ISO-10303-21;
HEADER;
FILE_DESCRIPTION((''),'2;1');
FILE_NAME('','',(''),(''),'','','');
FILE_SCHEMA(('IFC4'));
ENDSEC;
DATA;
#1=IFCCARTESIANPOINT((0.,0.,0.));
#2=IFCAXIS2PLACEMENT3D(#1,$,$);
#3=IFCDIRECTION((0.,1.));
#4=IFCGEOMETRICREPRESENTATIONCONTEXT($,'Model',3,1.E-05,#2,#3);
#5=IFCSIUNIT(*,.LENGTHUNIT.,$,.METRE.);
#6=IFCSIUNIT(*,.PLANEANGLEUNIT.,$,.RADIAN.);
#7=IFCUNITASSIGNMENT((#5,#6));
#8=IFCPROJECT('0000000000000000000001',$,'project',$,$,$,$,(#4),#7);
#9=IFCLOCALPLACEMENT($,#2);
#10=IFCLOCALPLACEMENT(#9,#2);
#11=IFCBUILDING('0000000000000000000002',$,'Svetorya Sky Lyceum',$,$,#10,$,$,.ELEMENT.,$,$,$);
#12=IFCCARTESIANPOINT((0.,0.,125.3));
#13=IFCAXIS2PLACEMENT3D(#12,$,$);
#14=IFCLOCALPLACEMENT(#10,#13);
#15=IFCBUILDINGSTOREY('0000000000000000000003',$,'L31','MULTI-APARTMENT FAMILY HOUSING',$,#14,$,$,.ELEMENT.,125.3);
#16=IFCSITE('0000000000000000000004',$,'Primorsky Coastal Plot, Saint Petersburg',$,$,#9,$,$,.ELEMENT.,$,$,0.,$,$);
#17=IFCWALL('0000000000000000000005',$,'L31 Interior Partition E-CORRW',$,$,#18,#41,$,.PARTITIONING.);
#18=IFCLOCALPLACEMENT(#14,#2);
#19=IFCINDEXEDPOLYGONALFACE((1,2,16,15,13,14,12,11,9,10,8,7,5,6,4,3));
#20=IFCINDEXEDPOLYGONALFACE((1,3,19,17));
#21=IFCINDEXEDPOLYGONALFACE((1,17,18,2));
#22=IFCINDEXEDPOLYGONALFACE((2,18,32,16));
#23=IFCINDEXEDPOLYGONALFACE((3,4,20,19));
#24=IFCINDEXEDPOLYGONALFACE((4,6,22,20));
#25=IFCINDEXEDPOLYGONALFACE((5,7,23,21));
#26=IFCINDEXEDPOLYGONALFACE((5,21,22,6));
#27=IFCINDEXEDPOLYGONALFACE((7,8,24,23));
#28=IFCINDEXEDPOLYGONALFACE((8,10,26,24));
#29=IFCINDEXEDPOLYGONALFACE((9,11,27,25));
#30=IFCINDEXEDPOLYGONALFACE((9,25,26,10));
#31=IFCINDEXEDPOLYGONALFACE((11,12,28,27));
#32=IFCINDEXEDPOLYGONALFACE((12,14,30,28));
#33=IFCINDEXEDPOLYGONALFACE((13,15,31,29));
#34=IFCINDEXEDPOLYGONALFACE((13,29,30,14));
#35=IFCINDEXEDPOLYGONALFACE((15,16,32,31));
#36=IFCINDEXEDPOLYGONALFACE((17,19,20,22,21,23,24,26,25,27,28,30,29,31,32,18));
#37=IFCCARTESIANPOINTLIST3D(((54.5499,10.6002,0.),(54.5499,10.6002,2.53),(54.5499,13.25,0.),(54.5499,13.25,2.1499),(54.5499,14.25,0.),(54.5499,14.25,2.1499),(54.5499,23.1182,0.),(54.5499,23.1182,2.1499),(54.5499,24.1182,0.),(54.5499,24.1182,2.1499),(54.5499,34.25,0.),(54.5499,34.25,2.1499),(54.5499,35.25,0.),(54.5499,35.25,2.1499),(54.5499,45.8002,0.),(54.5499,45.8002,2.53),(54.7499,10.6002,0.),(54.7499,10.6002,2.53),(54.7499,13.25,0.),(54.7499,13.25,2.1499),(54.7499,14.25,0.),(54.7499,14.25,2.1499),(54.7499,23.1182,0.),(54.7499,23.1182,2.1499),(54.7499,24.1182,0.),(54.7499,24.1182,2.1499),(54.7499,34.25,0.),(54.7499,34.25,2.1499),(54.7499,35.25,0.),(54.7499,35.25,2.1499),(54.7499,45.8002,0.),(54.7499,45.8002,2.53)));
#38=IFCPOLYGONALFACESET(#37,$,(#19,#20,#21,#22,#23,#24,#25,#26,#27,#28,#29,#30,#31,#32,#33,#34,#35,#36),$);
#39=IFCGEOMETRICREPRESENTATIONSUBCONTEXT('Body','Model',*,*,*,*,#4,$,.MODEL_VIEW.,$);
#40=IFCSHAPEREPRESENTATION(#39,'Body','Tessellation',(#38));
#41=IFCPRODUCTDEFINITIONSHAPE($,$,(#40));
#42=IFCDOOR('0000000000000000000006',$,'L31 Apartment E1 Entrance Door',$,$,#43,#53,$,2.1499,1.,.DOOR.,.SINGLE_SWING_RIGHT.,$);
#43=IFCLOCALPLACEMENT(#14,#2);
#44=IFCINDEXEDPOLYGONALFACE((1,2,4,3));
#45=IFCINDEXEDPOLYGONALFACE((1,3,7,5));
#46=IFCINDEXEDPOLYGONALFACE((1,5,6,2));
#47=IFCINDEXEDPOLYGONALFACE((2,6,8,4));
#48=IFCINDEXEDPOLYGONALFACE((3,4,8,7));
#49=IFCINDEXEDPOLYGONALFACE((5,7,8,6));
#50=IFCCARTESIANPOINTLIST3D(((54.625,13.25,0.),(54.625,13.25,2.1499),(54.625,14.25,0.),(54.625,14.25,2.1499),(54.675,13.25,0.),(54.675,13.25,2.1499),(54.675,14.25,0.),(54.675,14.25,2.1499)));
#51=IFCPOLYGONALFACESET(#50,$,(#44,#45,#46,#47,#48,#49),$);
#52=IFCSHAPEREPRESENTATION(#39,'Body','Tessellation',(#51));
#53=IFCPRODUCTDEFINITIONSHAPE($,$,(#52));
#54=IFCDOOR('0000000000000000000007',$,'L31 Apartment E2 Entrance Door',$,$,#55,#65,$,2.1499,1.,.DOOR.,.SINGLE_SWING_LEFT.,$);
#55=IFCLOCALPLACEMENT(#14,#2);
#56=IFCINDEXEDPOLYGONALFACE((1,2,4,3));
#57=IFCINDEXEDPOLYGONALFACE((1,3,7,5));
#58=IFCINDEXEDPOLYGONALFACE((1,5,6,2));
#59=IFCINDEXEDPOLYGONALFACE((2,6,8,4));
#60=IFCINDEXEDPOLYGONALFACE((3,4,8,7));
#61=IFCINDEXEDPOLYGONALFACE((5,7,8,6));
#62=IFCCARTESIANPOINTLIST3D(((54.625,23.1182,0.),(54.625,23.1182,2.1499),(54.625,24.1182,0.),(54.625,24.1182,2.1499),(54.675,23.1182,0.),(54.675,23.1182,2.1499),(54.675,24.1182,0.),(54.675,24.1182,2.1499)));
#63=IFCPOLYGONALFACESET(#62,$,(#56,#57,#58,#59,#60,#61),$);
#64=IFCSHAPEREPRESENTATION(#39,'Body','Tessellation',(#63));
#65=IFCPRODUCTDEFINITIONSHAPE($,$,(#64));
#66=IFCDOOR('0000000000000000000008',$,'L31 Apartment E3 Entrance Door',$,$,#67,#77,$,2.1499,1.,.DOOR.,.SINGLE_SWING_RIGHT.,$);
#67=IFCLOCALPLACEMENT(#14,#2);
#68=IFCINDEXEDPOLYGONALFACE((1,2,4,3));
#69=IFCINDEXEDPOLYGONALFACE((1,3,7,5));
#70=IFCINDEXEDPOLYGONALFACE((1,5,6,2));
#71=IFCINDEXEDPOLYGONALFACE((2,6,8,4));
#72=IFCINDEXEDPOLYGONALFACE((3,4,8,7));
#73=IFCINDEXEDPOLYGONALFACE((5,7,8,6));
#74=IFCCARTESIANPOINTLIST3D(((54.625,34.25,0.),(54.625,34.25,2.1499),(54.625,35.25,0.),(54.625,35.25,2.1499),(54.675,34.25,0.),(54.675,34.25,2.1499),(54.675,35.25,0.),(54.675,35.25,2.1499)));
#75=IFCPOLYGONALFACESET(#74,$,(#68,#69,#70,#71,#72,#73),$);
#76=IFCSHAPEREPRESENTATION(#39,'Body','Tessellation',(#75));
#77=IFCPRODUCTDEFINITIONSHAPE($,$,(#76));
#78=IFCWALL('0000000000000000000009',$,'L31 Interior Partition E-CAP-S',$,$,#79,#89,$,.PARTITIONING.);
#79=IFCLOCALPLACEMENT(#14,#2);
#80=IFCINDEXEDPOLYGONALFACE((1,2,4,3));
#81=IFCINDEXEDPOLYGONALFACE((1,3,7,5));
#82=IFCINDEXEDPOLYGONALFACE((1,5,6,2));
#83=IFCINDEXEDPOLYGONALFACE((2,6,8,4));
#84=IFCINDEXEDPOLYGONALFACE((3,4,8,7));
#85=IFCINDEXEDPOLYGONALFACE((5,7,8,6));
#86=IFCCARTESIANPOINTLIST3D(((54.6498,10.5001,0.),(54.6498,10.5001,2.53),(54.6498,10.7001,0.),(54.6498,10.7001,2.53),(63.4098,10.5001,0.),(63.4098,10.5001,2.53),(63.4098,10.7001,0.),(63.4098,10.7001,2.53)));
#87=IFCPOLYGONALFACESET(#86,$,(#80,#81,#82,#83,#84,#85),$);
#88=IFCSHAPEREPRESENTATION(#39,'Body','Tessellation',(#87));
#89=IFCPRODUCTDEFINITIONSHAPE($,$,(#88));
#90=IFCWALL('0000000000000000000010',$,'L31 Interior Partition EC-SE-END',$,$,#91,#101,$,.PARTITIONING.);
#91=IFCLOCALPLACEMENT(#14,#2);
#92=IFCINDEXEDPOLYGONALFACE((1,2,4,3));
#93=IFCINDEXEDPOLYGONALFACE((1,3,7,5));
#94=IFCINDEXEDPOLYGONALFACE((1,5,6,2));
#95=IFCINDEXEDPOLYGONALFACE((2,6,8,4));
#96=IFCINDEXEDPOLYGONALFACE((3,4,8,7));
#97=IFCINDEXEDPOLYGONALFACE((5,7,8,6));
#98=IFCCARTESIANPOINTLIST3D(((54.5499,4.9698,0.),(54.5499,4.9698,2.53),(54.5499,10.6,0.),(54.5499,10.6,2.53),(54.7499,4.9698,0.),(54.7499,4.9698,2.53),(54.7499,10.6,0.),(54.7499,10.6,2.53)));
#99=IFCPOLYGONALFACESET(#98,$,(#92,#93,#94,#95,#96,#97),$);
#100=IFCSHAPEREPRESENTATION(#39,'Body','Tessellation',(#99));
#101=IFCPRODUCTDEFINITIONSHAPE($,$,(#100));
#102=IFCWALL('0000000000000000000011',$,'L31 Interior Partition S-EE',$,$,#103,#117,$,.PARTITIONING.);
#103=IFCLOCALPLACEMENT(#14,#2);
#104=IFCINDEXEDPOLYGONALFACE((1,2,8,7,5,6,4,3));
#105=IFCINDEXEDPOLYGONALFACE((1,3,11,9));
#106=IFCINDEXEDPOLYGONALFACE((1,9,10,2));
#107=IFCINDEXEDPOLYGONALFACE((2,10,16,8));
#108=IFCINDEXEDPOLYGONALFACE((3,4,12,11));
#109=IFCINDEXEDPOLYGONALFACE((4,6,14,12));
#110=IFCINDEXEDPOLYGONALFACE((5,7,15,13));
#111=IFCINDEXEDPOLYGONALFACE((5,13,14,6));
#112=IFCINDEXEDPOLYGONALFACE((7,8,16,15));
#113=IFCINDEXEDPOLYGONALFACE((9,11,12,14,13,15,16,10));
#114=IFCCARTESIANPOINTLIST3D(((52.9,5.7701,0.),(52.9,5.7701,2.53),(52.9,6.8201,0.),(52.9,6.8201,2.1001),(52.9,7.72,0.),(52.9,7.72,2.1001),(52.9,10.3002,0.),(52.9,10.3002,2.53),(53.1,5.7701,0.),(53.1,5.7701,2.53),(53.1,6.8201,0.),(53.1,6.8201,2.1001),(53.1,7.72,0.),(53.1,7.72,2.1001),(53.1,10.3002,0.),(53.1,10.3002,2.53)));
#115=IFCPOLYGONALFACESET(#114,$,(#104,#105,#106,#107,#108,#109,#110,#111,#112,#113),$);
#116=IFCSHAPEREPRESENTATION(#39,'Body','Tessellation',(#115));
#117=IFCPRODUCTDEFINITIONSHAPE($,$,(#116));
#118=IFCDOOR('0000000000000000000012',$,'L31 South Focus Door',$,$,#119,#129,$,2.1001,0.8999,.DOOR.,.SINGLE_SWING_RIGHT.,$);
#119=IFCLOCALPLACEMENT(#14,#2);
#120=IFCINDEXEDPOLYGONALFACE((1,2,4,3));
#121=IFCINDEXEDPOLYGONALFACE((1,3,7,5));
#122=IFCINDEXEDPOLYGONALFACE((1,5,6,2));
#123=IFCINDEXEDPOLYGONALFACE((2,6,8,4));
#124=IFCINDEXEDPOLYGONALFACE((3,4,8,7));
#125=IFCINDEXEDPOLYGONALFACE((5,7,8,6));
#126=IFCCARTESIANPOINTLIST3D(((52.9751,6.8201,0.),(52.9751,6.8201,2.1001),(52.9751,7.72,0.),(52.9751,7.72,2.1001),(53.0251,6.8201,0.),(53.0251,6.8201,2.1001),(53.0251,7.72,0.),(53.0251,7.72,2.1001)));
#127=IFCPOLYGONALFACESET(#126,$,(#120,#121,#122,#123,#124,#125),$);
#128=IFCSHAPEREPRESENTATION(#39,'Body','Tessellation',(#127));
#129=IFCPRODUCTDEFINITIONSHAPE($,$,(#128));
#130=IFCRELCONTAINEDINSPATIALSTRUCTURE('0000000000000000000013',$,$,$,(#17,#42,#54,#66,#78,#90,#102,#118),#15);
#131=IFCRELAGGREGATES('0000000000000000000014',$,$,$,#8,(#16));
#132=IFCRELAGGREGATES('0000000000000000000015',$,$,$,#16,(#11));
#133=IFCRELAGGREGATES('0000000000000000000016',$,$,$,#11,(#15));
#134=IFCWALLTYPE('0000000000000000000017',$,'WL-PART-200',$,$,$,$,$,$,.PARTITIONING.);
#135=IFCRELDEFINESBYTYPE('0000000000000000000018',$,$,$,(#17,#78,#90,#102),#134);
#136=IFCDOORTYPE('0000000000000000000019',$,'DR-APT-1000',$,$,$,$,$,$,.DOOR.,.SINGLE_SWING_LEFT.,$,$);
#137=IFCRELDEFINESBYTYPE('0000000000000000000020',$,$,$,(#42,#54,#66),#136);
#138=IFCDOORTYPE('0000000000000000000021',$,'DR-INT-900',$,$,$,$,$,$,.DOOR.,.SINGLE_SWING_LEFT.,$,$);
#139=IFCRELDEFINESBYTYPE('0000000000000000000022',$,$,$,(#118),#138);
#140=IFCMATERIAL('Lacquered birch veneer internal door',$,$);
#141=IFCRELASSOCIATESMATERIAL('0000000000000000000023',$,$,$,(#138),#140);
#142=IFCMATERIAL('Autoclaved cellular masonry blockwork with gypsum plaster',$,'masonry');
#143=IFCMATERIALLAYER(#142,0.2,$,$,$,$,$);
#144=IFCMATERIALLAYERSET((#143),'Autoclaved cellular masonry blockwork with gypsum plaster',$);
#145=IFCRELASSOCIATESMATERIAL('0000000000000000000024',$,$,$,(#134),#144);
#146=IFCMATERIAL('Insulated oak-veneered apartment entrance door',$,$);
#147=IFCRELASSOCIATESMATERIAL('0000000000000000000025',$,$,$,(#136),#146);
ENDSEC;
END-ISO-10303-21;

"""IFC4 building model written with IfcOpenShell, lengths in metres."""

from ifc_helpers import new_model, si_unit, direction, frame, frame_2d, origin, place, context, subcontext, project, spatial, rectangle, extrude, material, layer, layer_set, type_object, element, fill, save


model = new_model("IFC4")

# Units and contexts
model_context = context("Model", 3, precision=1e-05, world=origin(), true_north=direction((0.0, 1.0)))
body_context = subcontext(model_context, "Body", "Model", "MODEL_VIEW")
ifc_project = project(units=[si_unit("LENGTHUNIT", "METRE"), si_unit("PLANEANGLEUNIT", "RADIAN")], contexts=[model_context])

# Site, building, storey
site_placement = place(None, origin())
site = spatial("IfcSite", under=ifc_project, at=site_placement, Name="Primorsky Coastal Plot, Saint Petersburg", CompositionType="ELEMENT", RefElevation=0.0)
building_placement = place(site_placement, origin())
building = spatial("IfcBuilding", under=site, at=building_placement, Name="Svetorya Sky Lyceum", CompositionType="ELEMENT")
storey_placement = place(building_placement, frame((0.0, 0.0, 125.3)))
storey = spatial("IfcBuildingStorey", under=building, at=storey_placement, Name="L31", Description="MULTI-APARTMENT FAMILY HOUSING", CompositionType="ELEMENT", Elevation=125.3)

# Shared definitions
ifc_material_1 = material(Name="Lacquered birch veneer internal door")
door_type_1 = type_object("IfcDoorType", Name="DR-INT-900", OperationType="SINGLE_SWING_LEFT", PredefinedType="DOOR", material=ifc_material_1)

# Wall, openings, doors
ifc_material_2 = material(Name="Autoclaved cellular masonry blockwork with gypsum plaster", Category="masonry")
ifc_layer_1 = layer(ifc_material_2, 0.2)
ifc_layer_set_1 = layer_set([ifc_layer_1], Name="Autoclaved cellular masonry blockwork with gypsum plaster")
wall_type_1 = type_object("IfcWallType", Name="WL-PART-200", PredefinedType="PARTITIONING", material=ifc_layer_set_1)
wall_1_placement = place(storey_placement, frame((54.6499, 10.6001, 0.0), z_axis=(0.0, 0.0, 1.0), x_axis=(0.0, 1.0, 0.0)))
wall_1 = element("IfcWall", 1, at=wall_1_placement, inside=storey, type_object=wall_type_1, Name="L31 Interior Partition E-CORRW", PredefinedType="PARTITIONING", context=body_context, shape_type="SweptSolid", body=[
    extrude(rectangle(XDim=35.2, YDim=0.2, at=frame_2d((17.6001, 0.0))), origin(), (0.0, 0.0, 1.0), 2.53),
])
opening_1_placement = place(wall_1_placement, frame((2.6499, 0.0, 0.0)))
opening_1 = element("IfcOpeningElement", 2, at=opening_1_placement, cuts=wall_1, PredefinedType="OPENING", context=body_context, shape_type="SweptSolid", body=[
    extrude(rectangle(XDim=1.0, YDim=2.1499, at=frame_2d((0.5, 1.075))), frame((0.0, 0.1099, 0.0), z_axis=(0.0, -1.0, 0.0), x_axis=(1.0, 0.0, 0.0)), (0.0, 0.0, 1.0), 0.22),
])
opening_2_placement = place(wall_1_placement, frame((12.5181, 0.0, 0.0)))
opening_2 = element("IfcOpeningElement", 3, at=opening_2_placement, cuts=wall_1, PredefinedType="OPENING", context=body_context, shape_type="SweptSolid", body=[
    extrude(rectangle(XDim=1.0, YDim=2.1499, at=frame_2d((0.5, 1.075))), frame((0.0, 0.1099, 0.0), z_axis=(0.0, -1.0, 0.0), x_axis=(1.0, 0.0, 0.0)), (0.0, 0.0, 1.0), 0.22),
])
opening_3_placement = place(wall_1_placement, frame((23.6499, 0.0, 0.0)))
opening_3 = element("IfcOpeningElement", 4, at=opening_3_placement, cuts=wall_1, PredefinedType="OPENING", context=body_context, shape_type="SweptSolid", body=[
    extrude(rectangle(XDim=1.0, YDim=2.1499, at=frame_2d((0.5, 1.075))), frame((0.0, 0.1099, 0.0), z_axis=(0.0, -1.0, 0.0), x_axis=(1.0, 0.0, 0.0)), (0.0, 0.0, 1.0), 0.22),
])
ifc_material_3 = material(Name="Insulated oak-veneered apartment entrance door")
door_type_2 = type_object("IfcDoorType", Name="DR-APT-1000", OperationType="SINGLE_SWING_LEFT", PredefinedType="DOOR", material=ifc_material_3)
door_1_placement = place(opening_1_placement, origin())
door_1 = element("IfcDoor", 5, at=door_1_placement, inside=storey, type_object=door_type_2, Name="L31 Apartment E1 Entrance Door", OperationType="SINGLE_SWING_RIGHT", OverallHeight=2.1499, OverallWidth=1.0, PredefinedType="DOOR", context=body_context, shape_type="SweptSolid", body=[
    extrude(rectangle(XDim=1.0, YDim=2.1499, at=frame_2d((0.5, 1.075))), frame((0.0, 0.0249, 0.0), z_axis=(0.0, -1.0, 0.0), x_axis=(1.0, 0.0, 0.0)), (0.0, 0.0, 1.0), 0.05),
])
fill(opening_1, door_1)
door_2_placement = place(opening_2_placement, origin())
door_2 = element("IfcDoor", 6, at=door_2_placement, inside=storey, type_object=door_type_2, Name="L31 Apartment E2 Entrance Door", OperationType="SINGLE_SWING_LEFT", OverallHeight=2.1499, OverallWidth=1.0, PredefinedType="DOOR", context=body_context, shape_type="SweptSolid", body=[
    extrude(rectangle(XDim=1.0, YDim=2.1499, at=frame_2d((0.5, 1.075))), frame((0.0, 0.0249, 0.0), z_axis=(0.0, -1.0, 0.0), x_axis=(1.0, 0.0, 0.0)), (0.0, 0.0, 1.0), 0.05),
])
fill(opening_2, door_2)
door_3_placement = place(opening_3_placement, origin())
door_3 = element("IfcDoor", 7, at=door_3_placement, inside=storey, type_object=door_type_2, Name="L31 Apartment E3 Entrance Door", OperationType="SINGLE_SWING_RIGHT", OverallHeight=2.1499, OverallWidth=1.0, PredefinedType="DOOR", context=body_context, shape_type="SweptSolid", body=[
    extrude(rectangle(XDim=1.0, YDim=2.1499, at=frame_2d((0.5, 1.075))), frame((0.0, 0.0249, 0.0), z_axis=(0.0, -1.0, 0.0), x_axis=(1.0, 0.0, 0.0)), (0.0, 0.0, 1.0), 0.05),
])
fill(opening_3, door_3)

# Walls
wall_2_placement = place(storey_placement, frame((54.6499, 10.6001, 0.0), z_axis=(0.0, 0.0, 1.0), x_axis=(1.0, 0.0, 0.0)))
element("IfcWall", 8, at=wall_2_placement, inside=storey, type_object=wall_type_1, Name="L31 Interior Partition E-CAP-S", PredefinedType="PARTITIONING", context=body_context, shape_type="SweptSolid", body=[
    extrude(rectangle(XDim=8.76, YDim=0.2, at=frame_2d((4.3799, 0.0))), origin(), (0.0, 0.0, 1.0), 2.53),
])
wall_3_placement = place(storey_placement, frame((54.6499, 4.97, 0.0), z_axis=(0.0, 0.0, 1.0), x_axis=(0.0, 1.0, 0.0)))
element("IfcWall", 9, at=wall_3_placement, inside=storey, type_object=wall_type_1, Name="L31 Interior Partition EC-SE-END", PredefinedType="PARTITIONING", context=body_context, shape_type="SweptSolid", body=[
    extrude(rectangle(XDim=5.6301, YDim=0.2, at=frame_2d((2.8149, 0.0))), origin(), (0.0, 0.0, 1.0), 2.53),
])

# Wall, opening, door
wall_4_placement = place(storey_placement, frame((53.0, 5.77, 0.0), z_axis=(0.0, 0.0, 1.0), x_axis=(0.0, 1.0, 0.0)))
wall_4 = element("IfcWall", 10, at=wall_4_placement, inside=storey, type_object=wall_type_1, Name="L31 Interior Partition S-EE", PredefinedType="PARTITIONING", context=body_context, shape_type="SweptSolid", body=[
    extrude(rectangle(XDim=4.53, YDim=0.2, at=frame_2d((2.2651, 0.0))), origin(), (0.0, 0.0, 1.0), 2.53),
])
opening_4_placement = place(wall_4_placement, frame((1.05, 0.0, 0.0)))
opening_4 = element("IfcOpeningElement", 11, at=opening_4_placement, cuts=wall_4, PredefinedType="OPENING", context=body_context, shape_type="SweptSolid", body=[
    extrude(rectangle(XDim=0.8999, YDim=2.1001, at=frame_2d((0.45, 1.05))), frame((0.0, 0.1099, 0.0), z_axis=(0.0, -1.0, 0.0), x_axis=(1.0, 0.0, 0.0)), (0.0, 0.0, 1.0), 0.22),
])
door_4_placement = place(opening_4_placement, origin())
door_4 = element("IfcDoor", 12, at=door_4_placement, inside=storey, type_object=door_type_1, Name="L31 South Focus Door", OperationType="SINGLE_SWING_RIGHT", OverallHeight=2.1001, OverallWidth=0.8999, PredefinedType="DOOR", context=body_context, shape_type="SweptSolid", body=[
    extrude(rectangle(XDim=0.8999, YDim=2.1001, at=frame_2d((0.45, 1.05))), frame((0.0, 0.0249, 0.0), z_axis=(0.0, -1.0, 0.0), x_axis=(1.0, 0.0, 0.0)), (0.0, 0.0, 1.0), 0.05),
])
fill(opening_4, door_4)

save(model, "model.ifc")
